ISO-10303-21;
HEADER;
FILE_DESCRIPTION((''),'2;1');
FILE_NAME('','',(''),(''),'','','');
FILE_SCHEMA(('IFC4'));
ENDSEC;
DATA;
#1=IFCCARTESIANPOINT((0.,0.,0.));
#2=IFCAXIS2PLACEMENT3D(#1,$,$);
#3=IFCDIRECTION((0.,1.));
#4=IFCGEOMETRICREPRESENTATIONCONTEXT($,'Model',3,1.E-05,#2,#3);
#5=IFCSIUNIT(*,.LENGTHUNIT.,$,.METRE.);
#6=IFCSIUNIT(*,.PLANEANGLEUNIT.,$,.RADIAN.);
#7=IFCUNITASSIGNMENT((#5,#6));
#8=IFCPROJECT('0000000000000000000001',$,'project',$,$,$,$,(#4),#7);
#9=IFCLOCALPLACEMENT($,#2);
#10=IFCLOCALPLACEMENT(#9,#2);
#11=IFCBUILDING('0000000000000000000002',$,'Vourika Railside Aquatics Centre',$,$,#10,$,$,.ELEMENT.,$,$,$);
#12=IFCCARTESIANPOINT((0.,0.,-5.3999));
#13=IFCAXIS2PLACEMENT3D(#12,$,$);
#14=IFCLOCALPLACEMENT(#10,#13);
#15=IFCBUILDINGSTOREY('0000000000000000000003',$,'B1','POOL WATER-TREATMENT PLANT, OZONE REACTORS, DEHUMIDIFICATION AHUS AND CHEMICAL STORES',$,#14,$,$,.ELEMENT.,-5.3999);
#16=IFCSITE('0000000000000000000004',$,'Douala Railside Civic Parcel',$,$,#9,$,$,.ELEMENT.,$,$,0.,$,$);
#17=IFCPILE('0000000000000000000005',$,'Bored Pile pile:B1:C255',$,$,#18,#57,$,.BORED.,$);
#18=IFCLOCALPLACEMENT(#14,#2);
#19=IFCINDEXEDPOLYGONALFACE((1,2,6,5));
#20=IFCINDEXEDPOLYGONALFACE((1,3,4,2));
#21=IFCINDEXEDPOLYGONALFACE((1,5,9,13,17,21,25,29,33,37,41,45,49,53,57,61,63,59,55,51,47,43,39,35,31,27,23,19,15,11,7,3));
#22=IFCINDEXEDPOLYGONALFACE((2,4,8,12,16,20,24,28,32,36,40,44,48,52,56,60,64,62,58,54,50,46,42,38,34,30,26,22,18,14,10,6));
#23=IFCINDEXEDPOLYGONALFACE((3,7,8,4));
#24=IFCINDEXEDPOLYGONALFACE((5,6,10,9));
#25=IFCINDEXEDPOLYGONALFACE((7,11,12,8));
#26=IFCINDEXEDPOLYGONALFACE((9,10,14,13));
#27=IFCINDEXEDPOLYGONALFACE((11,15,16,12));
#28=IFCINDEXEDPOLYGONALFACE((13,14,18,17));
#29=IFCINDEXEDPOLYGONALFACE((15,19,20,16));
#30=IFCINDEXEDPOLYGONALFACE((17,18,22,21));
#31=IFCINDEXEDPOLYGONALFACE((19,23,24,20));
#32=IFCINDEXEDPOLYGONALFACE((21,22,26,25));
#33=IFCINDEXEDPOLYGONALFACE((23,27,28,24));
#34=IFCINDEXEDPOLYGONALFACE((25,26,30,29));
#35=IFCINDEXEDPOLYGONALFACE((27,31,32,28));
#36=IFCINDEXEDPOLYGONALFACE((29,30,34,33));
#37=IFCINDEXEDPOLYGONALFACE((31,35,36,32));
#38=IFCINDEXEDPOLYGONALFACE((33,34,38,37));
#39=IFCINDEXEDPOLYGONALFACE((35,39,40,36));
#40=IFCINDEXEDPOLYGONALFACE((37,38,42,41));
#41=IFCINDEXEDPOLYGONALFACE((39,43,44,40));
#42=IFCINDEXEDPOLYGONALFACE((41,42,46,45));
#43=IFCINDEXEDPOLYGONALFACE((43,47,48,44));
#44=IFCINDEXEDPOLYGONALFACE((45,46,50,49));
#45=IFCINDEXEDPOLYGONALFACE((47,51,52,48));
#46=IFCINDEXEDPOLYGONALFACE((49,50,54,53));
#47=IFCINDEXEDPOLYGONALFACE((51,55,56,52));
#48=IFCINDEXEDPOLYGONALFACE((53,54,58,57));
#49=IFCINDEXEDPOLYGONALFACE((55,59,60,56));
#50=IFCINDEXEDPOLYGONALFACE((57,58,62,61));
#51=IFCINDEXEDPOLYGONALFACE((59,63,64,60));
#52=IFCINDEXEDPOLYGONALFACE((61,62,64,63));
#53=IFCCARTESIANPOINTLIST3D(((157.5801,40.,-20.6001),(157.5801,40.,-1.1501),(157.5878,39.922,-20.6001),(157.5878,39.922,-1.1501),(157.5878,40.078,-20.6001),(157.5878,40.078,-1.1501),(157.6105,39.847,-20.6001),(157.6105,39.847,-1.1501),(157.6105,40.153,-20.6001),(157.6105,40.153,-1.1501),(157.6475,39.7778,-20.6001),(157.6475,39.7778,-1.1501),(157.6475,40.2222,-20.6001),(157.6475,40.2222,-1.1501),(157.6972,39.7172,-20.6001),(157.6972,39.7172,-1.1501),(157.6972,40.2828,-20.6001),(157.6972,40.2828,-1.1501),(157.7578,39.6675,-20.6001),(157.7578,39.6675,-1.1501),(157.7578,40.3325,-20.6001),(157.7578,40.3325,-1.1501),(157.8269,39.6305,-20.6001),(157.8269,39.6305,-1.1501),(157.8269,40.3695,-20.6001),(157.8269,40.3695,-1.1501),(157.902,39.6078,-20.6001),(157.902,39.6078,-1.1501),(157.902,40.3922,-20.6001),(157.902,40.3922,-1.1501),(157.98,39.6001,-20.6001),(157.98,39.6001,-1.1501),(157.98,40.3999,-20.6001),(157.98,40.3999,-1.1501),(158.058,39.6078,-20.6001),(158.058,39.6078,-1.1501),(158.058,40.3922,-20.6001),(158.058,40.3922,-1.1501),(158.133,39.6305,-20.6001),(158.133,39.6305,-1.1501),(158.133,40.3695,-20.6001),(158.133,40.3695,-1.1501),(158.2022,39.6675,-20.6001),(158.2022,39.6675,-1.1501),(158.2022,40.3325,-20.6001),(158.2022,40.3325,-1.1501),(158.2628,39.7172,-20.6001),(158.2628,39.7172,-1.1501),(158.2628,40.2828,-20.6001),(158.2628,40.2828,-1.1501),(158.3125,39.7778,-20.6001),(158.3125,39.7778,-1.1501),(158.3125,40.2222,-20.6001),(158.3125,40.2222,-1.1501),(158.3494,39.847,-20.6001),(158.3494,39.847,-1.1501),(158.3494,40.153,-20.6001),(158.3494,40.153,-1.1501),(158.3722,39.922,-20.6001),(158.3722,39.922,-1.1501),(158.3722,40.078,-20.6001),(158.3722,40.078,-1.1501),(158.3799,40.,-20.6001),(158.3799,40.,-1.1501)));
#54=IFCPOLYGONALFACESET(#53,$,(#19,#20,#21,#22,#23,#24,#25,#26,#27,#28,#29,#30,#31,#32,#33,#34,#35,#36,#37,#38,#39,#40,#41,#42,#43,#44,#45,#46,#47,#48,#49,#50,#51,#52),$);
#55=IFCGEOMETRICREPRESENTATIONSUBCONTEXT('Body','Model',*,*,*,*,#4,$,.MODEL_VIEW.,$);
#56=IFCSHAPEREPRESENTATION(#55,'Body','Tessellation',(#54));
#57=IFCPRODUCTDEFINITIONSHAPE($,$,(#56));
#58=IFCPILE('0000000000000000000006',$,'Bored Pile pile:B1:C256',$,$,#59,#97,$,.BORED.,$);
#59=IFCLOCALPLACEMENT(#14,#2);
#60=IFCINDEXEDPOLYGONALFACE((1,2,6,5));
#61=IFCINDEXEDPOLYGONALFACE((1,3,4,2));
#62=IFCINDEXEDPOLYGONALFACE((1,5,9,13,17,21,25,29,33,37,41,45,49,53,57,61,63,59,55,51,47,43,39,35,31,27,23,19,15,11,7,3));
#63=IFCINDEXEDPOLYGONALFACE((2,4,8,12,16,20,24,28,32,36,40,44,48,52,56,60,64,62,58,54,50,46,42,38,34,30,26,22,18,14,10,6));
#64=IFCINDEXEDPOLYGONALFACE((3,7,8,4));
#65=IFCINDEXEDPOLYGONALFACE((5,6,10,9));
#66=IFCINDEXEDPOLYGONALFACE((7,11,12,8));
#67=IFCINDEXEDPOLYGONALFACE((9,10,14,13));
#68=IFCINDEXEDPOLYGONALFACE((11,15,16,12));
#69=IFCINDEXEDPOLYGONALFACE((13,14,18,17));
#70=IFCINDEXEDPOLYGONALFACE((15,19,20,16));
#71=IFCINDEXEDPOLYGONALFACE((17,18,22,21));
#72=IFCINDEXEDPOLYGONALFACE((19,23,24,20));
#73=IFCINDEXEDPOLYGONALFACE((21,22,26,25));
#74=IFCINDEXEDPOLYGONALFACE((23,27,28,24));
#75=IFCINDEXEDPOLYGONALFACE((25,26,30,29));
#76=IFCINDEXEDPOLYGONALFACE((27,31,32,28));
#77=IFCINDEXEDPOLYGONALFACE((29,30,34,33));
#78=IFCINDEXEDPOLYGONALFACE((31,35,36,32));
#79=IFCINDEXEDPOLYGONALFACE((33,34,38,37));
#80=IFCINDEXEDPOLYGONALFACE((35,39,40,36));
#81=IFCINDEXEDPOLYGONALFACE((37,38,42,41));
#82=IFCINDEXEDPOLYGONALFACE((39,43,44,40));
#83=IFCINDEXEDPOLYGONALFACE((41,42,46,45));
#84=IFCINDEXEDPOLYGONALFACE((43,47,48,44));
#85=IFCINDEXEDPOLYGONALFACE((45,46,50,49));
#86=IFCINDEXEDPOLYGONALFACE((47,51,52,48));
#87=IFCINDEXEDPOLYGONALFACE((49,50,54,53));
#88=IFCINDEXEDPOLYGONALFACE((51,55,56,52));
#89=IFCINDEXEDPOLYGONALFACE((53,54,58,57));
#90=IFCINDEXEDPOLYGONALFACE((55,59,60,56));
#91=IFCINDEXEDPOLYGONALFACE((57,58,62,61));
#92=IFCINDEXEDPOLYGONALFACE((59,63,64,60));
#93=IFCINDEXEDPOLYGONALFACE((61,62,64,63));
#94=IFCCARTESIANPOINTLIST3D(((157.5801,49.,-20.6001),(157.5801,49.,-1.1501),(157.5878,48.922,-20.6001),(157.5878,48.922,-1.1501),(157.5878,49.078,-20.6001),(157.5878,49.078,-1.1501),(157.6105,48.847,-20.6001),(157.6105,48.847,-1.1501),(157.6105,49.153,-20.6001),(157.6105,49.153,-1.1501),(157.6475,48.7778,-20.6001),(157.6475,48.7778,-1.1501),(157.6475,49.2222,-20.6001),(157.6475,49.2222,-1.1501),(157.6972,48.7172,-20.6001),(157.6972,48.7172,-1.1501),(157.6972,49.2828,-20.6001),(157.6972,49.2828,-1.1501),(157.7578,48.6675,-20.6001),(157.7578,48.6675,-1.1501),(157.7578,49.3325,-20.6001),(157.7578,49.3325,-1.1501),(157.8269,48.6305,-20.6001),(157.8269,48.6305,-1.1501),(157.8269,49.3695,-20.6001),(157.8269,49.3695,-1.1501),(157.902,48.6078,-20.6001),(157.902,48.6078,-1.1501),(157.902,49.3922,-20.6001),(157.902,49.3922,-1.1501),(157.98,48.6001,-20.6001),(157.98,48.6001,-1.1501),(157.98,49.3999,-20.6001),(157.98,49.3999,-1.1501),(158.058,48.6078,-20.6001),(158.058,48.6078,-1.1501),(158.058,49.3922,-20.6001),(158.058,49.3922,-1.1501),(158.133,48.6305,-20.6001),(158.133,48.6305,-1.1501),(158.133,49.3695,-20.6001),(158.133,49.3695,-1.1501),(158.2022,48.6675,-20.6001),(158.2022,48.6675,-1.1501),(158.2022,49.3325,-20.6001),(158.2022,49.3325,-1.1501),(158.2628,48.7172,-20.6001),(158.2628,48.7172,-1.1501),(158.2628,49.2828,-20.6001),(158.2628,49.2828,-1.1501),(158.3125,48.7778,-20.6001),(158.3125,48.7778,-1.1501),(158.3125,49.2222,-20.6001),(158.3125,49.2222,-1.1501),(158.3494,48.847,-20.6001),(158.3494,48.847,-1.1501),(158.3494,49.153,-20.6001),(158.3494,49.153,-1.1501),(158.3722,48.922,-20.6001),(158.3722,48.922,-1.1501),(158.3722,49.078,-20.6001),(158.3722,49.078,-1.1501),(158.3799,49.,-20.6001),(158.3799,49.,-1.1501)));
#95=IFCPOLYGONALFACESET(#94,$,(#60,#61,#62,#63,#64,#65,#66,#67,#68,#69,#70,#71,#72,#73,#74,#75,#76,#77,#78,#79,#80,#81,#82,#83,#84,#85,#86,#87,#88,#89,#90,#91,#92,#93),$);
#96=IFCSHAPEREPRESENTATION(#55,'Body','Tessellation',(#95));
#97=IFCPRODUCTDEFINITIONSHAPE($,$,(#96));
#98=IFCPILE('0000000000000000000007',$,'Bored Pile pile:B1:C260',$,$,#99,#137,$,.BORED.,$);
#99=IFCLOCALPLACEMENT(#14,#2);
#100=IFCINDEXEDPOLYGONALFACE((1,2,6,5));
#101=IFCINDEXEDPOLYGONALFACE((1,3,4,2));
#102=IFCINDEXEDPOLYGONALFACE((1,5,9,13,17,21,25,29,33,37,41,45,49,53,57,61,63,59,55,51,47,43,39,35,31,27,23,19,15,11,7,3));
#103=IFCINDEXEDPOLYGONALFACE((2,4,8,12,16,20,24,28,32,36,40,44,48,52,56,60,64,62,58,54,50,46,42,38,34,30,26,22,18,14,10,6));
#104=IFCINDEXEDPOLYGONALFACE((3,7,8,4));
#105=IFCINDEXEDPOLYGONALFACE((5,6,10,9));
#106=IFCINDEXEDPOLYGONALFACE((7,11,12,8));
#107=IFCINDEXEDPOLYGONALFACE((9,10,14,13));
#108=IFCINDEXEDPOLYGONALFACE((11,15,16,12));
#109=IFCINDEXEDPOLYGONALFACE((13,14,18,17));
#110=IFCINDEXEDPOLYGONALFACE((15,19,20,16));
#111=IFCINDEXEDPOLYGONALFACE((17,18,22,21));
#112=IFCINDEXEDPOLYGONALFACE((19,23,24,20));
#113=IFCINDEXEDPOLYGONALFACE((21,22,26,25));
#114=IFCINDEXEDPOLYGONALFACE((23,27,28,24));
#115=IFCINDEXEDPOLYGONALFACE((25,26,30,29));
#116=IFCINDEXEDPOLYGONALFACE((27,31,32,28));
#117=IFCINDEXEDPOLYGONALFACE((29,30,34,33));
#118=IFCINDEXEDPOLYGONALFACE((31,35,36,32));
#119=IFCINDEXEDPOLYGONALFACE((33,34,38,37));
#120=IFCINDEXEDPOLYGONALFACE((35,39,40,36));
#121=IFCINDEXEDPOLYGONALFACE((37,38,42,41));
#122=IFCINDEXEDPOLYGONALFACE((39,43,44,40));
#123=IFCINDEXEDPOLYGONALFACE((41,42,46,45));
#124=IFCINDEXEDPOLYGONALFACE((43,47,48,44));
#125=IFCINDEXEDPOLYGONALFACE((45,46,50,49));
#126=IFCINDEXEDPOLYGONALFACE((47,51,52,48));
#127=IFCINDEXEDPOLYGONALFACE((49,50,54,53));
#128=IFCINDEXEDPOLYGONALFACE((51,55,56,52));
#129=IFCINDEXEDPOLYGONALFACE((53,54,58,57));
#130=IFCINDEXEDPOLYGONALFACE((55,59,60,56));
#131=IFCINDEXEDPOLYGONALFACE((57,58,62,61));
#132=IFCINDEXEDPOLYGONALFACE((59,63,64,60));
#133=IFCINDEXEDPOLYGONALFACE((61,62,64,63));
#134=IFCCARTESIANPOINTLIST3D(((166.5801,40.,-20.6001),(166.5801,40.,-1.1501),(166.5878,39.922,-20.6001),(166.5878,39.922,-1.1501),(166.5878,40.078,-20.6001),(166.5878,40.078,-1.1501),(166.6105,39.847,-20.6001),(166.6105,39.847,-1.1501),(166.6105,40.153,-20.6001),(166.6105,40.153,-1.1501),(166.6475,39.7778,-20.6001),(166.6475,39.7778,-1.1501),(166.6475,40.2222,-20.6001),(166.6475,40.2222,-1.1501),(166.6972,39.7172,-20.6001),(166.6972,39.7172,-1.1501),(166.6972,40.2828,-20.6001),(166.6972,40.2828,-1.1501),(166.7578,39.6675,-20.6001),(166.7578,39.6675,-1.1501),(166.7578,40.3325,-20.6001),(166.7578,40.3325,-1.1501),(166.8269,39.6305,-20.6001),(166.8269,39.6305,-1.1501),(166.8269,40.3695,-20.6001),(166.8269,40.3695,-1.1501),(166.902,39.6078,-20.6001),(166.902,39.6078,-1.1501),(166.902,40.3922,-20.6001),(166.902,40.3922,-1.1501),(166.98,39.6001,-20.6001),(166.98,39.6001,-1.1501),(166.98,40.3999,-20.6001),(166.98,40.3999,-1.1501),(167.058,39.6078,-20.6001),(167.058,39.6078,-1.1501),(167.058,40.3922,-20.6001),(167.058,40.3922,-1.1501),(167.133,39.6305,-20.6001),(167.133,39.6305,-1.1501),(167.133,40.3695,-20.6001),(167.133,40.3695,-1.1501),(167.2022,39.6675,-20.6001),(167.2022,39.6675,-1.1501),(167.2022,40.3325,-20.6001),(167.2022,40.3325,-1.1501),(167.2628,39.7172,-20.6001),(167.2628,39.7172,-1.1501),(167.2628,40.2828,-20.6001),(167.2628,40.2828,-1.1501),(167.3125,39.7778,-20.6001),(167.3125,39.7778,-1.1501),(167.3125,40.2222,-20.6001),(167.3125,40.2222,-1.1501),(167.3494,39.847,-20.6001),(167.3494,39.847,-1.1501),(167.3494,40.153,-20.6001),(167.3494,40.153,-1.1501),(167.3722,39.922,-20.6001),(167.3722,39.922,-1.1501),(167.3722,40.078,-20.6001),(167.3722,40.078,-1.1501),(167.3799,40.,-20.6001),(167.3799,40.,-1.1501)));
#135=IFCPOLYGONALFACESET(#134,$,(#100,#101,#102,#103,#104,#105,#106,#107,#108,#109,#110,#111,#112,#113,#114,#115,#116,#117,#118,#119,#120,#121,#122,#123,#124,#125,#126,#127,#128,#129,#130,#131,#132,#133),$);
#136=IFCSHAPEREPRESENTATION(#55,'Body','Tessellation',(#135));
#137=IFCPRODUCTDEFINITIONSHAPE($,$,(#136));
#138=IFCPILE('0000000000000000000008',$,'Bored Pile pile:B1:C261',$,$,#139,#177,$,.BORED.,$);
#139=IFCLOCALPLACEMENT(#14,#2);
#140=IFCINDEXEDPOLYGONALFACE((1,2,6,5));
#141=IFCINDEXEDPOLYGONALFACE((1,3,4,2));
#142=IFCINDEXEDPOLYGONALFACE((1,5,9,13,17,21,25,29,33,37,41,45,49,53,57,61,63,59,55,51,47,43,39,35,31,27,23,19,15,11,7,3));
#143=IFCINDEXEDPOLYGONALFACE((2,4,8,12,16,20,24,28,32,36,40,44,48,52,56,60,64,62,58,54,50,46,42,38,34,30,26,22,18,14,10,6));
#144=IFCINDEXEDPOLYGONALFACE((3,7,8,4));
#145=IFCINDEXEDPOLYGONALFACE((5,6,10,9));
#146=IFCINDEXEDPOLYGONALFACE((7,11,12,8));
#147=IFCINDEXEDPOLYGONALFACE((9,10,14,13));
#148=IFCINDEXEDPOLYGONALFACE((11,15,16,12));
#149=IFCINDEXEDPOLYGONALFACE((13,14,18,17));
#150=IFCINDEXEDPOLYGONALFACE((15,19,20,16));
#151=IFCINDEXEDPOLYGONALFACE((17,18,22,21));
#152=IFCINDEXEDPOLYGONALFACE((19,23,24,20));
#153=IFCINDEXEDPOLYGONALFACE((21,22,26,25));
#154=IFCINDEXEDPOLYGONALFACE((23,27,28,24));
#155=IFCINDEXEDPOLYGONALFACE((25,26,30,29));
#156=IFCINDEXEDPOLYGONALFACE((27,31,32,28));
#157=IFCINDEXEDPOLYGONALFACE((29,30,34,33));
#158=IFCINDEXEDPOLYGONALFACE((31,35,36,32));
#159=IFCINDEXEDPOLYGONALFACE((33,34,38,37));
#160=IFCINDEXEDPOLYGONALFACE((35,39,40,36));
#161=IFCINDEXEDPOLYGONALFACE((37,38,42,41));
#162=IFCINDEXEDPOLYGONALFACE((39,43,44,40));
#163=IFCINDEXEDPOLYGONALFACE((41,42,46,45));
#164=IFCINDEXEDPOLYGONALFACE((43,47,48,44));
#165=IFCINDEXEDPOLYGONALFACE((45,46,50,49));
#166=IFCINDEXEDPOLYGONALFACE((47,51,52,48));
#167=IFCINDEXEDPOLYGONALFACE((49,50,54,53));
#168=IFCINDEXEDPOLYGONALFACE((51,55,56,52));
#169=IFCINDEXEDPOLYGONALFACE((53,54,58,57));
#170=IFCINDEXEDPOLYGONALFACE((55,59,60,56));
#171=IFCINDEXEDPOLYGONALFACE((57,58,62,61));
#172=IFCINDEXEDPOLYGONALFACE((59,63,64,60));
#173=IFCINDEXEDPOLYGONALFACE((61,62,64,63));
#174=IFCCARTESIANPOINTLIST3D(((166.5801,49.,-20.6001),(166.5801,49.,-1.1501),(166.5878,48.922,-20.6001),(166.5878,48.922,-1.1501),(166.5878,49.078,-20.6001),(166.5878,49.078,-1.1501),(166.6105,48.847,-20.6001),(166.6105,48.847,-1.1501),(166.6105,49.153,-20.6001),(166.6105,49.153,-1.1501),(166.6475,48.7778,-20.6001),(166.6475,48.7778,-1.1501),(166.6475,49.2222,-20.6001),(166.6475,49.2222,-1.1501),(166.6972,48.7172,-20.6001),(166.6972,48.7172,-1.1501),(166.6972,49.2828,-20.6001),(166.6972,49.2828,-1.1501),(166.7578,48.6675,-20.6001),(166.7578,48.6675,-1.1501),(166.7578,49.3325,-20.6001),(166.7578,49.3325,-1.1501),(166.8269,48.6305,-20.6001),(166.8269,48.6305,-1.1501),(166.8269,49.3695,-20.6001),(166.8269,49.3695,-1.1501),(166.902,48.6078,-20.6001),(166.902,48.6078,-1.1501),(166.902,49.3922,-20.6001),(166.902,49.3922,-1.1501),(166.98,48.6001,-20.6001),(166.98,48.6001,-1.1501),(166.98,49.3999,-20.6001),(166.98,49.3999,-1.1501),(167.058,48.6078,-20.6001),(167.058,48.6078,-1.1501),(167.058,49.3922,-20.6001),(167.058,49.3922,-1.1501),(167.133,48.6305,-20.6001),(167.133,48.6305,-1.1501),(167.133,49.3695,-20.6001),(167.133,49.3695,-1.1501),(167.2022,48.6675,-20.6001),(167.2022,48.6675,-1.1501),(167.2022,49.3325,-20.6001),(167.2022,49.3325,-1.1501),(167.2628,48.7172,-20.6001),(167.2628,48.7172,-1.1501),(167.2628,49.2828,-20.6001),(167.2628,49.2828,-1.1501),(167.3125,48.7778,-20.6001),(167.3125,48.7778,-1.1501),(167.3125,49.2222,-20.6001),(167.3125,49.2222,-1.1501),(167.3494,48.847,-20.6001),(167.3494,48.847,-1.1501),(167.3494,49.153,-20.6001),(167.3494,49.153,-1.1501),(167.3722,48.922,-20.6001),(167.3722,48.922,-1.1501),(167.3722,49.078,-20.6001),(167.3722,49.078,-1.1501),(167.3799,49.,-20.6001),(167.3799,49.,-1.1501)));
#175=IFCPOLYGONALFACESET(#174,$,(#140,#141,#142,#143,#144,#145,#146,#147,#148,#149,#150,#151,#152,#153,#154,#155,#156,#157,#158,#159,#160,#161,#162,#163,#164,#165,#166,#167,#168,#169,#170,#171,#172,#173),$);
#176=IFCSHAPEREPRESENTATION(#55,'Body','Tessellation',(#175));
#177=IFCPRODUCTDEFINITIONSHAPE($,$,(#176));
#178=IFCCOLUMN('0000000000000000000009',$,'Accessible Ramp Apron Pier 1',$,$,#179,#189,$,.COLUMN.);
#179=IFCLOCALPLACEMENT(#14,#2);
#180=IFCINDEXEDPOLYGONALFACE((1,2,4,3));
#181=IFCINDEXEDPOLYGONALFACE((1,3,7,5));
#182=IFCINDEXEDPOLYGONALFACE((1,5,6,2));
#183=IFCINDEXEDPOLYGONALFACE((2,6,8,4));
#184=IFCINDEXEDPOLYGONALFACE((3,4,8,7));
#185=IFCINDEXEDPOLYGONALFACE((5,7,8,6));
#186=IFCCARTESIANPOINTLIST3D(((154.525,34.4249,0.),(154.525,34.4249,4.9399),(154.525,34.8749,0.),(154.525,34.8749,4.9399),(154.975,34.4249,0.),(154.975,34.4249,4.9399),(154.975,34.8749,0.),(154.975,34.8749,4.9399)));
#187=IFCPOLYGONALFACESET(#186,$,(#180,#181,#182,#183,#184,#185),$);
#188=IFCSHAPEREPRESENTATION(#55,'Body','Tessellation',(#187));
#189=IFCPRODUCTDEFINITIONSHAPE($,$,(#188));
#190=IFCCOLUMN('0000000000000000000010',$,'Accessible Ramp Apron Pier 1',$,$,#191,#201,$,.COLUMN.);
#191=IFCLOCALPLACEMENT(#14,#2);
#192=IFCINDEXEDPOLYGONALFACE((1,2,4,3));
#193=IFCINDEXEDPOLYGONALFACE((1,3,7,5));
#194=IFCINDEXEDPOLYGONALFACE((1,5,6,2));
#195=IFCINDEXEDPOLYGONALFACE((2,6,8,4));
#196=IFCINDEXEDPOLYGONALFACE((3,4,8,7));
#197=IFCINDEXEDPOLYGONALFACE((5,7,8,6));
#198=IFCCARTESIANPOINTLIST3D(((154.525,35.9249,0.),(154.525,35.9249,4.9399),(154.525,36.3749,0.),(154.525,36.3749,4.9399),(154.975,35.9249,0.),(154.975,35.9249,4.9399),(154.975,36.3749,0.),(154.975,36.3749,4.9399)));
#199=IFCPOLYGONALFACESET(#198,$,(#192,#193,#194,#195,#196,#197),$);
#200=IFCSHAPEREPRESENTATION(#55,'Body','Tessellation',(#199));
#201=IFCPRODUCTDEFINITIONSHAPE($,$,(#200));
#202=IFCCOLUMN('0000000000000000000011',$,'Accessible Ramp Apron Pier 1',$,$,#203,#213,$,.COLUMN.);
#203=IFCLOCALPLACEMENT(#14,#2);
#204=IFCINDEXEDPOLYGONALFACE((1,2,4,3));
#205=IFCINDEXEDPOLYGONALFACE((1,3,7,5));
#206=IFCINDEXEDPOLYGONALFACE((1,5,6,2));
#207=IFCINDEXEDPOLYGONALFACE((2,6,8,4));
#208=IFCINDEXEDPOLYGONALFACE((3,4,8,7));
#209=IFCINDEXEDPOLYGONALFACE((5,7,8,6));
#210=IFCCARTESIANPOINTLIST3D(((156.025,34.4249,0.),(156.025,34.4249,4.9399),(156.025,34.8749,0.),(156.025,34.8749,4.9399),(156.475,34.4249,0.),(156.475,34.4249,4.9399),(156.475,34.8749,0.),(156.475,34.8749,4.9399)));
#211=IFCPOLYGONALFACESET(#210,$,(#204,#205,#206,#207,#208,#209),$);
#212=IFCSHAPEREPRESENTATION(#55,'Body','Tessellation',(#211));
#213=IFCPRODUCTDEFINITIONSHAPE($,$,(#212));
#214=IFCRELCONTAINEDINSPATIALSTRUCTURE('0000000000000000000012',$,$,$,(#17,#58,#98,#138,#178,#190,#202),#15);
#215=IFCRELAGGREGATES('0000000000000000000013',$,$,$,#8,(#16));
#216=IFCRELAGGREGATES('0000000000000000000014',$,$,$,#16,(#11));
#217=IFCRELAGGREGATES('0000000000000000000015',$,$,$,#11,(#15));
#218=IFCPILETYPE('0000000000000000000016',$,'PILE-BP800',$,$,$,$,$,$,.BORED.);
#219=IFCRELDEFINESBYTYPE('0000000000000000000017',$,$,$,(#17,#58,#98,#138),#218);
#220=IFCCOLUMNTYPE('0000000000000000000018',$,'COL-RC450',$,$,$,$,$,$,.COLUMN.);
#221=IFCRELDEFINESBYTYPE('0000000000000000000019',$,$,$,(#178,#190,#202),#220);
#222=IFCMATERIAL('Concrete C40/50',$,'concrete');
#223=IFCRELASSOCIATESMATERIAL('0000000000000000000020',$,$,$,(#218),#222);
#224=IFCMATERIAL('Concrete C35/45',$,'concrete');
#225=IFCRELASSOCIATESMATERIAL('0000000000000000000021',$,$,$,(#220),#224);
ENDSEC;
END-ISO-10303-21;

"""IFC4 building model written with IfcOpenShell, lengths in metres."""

from ifc_helpers import new_model, si_unit, direction, frame, origin, origin_2d, place, context, subcontext, project, spatial, rectangle, circle, extrude, material, material_profile, profile_set, type_object, element, save


model = new_model("IFC4")

# Units and contexts
model_context = context("Model", 3, precision=1e-05, world=origin(), true_north=direction((0.0, 1.0)))
body_context = subcontext(model_context, "Body", "Model", "MODEL_VIEW")
ifc_project = project(units=[si_unit("LENGTHUNIT", "METRE"), si_unit("PLANEANGLEUNIT", "RADIAN")], contexts=[model_context])

# Site, building, storey
site_placement = place(None, origin())
site = spatial("IfcSite", under=ifc_project, at=site_placement, Name="Douala Railside Civic Parcel", CompositionType="ELEMENT", RefElevation=0.0)
building_placement = place(site_placement, origin())
building = spatial("IfcBuilding", under=site, at=building_placement, Name="Vourika Railside Aquatics Centre", CompositionType="ELEMENT")
storey_placement = place(building_placement, frame((0.0, 0.0, -5.3999)))
storey = spatial("IfcBuildingStorey", under=building, at=storey_placement, Name="B1", Description="POOL WATER-TREATMENT PLANT, OZONE REACTORS, DEHUMIDIFICATION AHUS AND CHEMICAL STORES", CompositionType="ELEMENT", Elevation=-5.3999)

# Shared definitions
ifc_material_1 = material(Name="Concrete C40/50", Category="concrete")

# Piles
ifc_material_profile_1 = material_profile(ifc_material_1, circle(Radius=0.3999, at=origin_2d()), Name="BP 800")
ifc_profile_set_1 = profile_set([ifc_material_profile_1], Name="Concrete C40/50")
pile_type = type_object("IfcPileType", Name="PILE-BP800", PredefinedType="BORED", material=ifc_profile_set_1)
for number, where, z_axis, x_axis, name in (
    (1, (157.98, 40.0, -1.1501), (0.0, 0.0, -1.0), (1.0, 0.0, 0.0), "Bored Pile pile:B1:C255"),
    (2, (157.98, 49.0, -1.1501), (0.0, 0.0, -1.0), (1.0, 0.0, 0.0), "Bored Pile pile:B1:C256"),
    (3, (166.98, 40.0, -1.1501), (0.0, 0.0, -1.0), (1.0, 0.0, 0.0), "Bored Pile pile:B1:C260"),
    (4, (166.98, 49.0, -1.1501), (0.0, 0.0, -1.0), (1.0, 0.0, 0.0), "Bored Pile pile:B1:C261"),
):
    element("IfcPile", number, at=place(storey_placement, frame(where, z_axis=z_axis, x_axis=x_axis)), inside=storey, type_object=pile_type, Name=name, PredefinedType="BORED", context=body_context, shape_type="SweptSolid", body=[
        extrude(circle(Radius=0.3999, at=origin_2d()), origin(), (0.0, 0.0, 1.0), 19.45),
    ])

# Columns
ifc_material_2 = material(Name="Concrete C35/45", Category="concrete")
ifc_material_profile_2 = material_profile(ifc_material_2, rectangle(XDim=0.45, YDim=0.45, at=origin_2d()), Name="RC 450x450")
ifc_profile_set_2 = profile_set([ifc_material_profile_2], Name="Concrete C35/45")
column_type_1 = type_object("IfcColumnType", Name="COL-RC450", PredefinedType="COLUMN", material=ifc_profile_set_2)
for number, where, z_axis, x_axis, name in (
    (5, (154.75, 34.6499, 0.0), (0.0, 0.0, 1.0), (1.0, 0.0, 0.0), "Accessible Ramp Apron Pier 1"),
    (6, (154.75, 36.1499, 0.0), (0.0, 0.0, 1.0), (1.0, 0.0, 0.0), "Accessible Ramp Apron Pier 1"),
    (7, (156.25, 34.6499, 0.0), (0.0, 0.0, 1.0), (1.0, 0.0, 0.0), "Accessible Ramp Apron Pier 1"),
):
    element("IfcColumn", number, at=place(storey_placement, frame(where, z_axis=z_axis, x_axis=x_axis)), inside=storey, type_object=column_type_1, Name=name, PredefinedType="COLUMN", context=body_context, shape_type="SweptSolid", body=[
        extrude(rectangle(XDim=0.45, YDim=0.45, at=origin_2d()), origin(), (0.0, 0.0, 1.0), 4.9399),
    ])

save(model, "model.ifc")
